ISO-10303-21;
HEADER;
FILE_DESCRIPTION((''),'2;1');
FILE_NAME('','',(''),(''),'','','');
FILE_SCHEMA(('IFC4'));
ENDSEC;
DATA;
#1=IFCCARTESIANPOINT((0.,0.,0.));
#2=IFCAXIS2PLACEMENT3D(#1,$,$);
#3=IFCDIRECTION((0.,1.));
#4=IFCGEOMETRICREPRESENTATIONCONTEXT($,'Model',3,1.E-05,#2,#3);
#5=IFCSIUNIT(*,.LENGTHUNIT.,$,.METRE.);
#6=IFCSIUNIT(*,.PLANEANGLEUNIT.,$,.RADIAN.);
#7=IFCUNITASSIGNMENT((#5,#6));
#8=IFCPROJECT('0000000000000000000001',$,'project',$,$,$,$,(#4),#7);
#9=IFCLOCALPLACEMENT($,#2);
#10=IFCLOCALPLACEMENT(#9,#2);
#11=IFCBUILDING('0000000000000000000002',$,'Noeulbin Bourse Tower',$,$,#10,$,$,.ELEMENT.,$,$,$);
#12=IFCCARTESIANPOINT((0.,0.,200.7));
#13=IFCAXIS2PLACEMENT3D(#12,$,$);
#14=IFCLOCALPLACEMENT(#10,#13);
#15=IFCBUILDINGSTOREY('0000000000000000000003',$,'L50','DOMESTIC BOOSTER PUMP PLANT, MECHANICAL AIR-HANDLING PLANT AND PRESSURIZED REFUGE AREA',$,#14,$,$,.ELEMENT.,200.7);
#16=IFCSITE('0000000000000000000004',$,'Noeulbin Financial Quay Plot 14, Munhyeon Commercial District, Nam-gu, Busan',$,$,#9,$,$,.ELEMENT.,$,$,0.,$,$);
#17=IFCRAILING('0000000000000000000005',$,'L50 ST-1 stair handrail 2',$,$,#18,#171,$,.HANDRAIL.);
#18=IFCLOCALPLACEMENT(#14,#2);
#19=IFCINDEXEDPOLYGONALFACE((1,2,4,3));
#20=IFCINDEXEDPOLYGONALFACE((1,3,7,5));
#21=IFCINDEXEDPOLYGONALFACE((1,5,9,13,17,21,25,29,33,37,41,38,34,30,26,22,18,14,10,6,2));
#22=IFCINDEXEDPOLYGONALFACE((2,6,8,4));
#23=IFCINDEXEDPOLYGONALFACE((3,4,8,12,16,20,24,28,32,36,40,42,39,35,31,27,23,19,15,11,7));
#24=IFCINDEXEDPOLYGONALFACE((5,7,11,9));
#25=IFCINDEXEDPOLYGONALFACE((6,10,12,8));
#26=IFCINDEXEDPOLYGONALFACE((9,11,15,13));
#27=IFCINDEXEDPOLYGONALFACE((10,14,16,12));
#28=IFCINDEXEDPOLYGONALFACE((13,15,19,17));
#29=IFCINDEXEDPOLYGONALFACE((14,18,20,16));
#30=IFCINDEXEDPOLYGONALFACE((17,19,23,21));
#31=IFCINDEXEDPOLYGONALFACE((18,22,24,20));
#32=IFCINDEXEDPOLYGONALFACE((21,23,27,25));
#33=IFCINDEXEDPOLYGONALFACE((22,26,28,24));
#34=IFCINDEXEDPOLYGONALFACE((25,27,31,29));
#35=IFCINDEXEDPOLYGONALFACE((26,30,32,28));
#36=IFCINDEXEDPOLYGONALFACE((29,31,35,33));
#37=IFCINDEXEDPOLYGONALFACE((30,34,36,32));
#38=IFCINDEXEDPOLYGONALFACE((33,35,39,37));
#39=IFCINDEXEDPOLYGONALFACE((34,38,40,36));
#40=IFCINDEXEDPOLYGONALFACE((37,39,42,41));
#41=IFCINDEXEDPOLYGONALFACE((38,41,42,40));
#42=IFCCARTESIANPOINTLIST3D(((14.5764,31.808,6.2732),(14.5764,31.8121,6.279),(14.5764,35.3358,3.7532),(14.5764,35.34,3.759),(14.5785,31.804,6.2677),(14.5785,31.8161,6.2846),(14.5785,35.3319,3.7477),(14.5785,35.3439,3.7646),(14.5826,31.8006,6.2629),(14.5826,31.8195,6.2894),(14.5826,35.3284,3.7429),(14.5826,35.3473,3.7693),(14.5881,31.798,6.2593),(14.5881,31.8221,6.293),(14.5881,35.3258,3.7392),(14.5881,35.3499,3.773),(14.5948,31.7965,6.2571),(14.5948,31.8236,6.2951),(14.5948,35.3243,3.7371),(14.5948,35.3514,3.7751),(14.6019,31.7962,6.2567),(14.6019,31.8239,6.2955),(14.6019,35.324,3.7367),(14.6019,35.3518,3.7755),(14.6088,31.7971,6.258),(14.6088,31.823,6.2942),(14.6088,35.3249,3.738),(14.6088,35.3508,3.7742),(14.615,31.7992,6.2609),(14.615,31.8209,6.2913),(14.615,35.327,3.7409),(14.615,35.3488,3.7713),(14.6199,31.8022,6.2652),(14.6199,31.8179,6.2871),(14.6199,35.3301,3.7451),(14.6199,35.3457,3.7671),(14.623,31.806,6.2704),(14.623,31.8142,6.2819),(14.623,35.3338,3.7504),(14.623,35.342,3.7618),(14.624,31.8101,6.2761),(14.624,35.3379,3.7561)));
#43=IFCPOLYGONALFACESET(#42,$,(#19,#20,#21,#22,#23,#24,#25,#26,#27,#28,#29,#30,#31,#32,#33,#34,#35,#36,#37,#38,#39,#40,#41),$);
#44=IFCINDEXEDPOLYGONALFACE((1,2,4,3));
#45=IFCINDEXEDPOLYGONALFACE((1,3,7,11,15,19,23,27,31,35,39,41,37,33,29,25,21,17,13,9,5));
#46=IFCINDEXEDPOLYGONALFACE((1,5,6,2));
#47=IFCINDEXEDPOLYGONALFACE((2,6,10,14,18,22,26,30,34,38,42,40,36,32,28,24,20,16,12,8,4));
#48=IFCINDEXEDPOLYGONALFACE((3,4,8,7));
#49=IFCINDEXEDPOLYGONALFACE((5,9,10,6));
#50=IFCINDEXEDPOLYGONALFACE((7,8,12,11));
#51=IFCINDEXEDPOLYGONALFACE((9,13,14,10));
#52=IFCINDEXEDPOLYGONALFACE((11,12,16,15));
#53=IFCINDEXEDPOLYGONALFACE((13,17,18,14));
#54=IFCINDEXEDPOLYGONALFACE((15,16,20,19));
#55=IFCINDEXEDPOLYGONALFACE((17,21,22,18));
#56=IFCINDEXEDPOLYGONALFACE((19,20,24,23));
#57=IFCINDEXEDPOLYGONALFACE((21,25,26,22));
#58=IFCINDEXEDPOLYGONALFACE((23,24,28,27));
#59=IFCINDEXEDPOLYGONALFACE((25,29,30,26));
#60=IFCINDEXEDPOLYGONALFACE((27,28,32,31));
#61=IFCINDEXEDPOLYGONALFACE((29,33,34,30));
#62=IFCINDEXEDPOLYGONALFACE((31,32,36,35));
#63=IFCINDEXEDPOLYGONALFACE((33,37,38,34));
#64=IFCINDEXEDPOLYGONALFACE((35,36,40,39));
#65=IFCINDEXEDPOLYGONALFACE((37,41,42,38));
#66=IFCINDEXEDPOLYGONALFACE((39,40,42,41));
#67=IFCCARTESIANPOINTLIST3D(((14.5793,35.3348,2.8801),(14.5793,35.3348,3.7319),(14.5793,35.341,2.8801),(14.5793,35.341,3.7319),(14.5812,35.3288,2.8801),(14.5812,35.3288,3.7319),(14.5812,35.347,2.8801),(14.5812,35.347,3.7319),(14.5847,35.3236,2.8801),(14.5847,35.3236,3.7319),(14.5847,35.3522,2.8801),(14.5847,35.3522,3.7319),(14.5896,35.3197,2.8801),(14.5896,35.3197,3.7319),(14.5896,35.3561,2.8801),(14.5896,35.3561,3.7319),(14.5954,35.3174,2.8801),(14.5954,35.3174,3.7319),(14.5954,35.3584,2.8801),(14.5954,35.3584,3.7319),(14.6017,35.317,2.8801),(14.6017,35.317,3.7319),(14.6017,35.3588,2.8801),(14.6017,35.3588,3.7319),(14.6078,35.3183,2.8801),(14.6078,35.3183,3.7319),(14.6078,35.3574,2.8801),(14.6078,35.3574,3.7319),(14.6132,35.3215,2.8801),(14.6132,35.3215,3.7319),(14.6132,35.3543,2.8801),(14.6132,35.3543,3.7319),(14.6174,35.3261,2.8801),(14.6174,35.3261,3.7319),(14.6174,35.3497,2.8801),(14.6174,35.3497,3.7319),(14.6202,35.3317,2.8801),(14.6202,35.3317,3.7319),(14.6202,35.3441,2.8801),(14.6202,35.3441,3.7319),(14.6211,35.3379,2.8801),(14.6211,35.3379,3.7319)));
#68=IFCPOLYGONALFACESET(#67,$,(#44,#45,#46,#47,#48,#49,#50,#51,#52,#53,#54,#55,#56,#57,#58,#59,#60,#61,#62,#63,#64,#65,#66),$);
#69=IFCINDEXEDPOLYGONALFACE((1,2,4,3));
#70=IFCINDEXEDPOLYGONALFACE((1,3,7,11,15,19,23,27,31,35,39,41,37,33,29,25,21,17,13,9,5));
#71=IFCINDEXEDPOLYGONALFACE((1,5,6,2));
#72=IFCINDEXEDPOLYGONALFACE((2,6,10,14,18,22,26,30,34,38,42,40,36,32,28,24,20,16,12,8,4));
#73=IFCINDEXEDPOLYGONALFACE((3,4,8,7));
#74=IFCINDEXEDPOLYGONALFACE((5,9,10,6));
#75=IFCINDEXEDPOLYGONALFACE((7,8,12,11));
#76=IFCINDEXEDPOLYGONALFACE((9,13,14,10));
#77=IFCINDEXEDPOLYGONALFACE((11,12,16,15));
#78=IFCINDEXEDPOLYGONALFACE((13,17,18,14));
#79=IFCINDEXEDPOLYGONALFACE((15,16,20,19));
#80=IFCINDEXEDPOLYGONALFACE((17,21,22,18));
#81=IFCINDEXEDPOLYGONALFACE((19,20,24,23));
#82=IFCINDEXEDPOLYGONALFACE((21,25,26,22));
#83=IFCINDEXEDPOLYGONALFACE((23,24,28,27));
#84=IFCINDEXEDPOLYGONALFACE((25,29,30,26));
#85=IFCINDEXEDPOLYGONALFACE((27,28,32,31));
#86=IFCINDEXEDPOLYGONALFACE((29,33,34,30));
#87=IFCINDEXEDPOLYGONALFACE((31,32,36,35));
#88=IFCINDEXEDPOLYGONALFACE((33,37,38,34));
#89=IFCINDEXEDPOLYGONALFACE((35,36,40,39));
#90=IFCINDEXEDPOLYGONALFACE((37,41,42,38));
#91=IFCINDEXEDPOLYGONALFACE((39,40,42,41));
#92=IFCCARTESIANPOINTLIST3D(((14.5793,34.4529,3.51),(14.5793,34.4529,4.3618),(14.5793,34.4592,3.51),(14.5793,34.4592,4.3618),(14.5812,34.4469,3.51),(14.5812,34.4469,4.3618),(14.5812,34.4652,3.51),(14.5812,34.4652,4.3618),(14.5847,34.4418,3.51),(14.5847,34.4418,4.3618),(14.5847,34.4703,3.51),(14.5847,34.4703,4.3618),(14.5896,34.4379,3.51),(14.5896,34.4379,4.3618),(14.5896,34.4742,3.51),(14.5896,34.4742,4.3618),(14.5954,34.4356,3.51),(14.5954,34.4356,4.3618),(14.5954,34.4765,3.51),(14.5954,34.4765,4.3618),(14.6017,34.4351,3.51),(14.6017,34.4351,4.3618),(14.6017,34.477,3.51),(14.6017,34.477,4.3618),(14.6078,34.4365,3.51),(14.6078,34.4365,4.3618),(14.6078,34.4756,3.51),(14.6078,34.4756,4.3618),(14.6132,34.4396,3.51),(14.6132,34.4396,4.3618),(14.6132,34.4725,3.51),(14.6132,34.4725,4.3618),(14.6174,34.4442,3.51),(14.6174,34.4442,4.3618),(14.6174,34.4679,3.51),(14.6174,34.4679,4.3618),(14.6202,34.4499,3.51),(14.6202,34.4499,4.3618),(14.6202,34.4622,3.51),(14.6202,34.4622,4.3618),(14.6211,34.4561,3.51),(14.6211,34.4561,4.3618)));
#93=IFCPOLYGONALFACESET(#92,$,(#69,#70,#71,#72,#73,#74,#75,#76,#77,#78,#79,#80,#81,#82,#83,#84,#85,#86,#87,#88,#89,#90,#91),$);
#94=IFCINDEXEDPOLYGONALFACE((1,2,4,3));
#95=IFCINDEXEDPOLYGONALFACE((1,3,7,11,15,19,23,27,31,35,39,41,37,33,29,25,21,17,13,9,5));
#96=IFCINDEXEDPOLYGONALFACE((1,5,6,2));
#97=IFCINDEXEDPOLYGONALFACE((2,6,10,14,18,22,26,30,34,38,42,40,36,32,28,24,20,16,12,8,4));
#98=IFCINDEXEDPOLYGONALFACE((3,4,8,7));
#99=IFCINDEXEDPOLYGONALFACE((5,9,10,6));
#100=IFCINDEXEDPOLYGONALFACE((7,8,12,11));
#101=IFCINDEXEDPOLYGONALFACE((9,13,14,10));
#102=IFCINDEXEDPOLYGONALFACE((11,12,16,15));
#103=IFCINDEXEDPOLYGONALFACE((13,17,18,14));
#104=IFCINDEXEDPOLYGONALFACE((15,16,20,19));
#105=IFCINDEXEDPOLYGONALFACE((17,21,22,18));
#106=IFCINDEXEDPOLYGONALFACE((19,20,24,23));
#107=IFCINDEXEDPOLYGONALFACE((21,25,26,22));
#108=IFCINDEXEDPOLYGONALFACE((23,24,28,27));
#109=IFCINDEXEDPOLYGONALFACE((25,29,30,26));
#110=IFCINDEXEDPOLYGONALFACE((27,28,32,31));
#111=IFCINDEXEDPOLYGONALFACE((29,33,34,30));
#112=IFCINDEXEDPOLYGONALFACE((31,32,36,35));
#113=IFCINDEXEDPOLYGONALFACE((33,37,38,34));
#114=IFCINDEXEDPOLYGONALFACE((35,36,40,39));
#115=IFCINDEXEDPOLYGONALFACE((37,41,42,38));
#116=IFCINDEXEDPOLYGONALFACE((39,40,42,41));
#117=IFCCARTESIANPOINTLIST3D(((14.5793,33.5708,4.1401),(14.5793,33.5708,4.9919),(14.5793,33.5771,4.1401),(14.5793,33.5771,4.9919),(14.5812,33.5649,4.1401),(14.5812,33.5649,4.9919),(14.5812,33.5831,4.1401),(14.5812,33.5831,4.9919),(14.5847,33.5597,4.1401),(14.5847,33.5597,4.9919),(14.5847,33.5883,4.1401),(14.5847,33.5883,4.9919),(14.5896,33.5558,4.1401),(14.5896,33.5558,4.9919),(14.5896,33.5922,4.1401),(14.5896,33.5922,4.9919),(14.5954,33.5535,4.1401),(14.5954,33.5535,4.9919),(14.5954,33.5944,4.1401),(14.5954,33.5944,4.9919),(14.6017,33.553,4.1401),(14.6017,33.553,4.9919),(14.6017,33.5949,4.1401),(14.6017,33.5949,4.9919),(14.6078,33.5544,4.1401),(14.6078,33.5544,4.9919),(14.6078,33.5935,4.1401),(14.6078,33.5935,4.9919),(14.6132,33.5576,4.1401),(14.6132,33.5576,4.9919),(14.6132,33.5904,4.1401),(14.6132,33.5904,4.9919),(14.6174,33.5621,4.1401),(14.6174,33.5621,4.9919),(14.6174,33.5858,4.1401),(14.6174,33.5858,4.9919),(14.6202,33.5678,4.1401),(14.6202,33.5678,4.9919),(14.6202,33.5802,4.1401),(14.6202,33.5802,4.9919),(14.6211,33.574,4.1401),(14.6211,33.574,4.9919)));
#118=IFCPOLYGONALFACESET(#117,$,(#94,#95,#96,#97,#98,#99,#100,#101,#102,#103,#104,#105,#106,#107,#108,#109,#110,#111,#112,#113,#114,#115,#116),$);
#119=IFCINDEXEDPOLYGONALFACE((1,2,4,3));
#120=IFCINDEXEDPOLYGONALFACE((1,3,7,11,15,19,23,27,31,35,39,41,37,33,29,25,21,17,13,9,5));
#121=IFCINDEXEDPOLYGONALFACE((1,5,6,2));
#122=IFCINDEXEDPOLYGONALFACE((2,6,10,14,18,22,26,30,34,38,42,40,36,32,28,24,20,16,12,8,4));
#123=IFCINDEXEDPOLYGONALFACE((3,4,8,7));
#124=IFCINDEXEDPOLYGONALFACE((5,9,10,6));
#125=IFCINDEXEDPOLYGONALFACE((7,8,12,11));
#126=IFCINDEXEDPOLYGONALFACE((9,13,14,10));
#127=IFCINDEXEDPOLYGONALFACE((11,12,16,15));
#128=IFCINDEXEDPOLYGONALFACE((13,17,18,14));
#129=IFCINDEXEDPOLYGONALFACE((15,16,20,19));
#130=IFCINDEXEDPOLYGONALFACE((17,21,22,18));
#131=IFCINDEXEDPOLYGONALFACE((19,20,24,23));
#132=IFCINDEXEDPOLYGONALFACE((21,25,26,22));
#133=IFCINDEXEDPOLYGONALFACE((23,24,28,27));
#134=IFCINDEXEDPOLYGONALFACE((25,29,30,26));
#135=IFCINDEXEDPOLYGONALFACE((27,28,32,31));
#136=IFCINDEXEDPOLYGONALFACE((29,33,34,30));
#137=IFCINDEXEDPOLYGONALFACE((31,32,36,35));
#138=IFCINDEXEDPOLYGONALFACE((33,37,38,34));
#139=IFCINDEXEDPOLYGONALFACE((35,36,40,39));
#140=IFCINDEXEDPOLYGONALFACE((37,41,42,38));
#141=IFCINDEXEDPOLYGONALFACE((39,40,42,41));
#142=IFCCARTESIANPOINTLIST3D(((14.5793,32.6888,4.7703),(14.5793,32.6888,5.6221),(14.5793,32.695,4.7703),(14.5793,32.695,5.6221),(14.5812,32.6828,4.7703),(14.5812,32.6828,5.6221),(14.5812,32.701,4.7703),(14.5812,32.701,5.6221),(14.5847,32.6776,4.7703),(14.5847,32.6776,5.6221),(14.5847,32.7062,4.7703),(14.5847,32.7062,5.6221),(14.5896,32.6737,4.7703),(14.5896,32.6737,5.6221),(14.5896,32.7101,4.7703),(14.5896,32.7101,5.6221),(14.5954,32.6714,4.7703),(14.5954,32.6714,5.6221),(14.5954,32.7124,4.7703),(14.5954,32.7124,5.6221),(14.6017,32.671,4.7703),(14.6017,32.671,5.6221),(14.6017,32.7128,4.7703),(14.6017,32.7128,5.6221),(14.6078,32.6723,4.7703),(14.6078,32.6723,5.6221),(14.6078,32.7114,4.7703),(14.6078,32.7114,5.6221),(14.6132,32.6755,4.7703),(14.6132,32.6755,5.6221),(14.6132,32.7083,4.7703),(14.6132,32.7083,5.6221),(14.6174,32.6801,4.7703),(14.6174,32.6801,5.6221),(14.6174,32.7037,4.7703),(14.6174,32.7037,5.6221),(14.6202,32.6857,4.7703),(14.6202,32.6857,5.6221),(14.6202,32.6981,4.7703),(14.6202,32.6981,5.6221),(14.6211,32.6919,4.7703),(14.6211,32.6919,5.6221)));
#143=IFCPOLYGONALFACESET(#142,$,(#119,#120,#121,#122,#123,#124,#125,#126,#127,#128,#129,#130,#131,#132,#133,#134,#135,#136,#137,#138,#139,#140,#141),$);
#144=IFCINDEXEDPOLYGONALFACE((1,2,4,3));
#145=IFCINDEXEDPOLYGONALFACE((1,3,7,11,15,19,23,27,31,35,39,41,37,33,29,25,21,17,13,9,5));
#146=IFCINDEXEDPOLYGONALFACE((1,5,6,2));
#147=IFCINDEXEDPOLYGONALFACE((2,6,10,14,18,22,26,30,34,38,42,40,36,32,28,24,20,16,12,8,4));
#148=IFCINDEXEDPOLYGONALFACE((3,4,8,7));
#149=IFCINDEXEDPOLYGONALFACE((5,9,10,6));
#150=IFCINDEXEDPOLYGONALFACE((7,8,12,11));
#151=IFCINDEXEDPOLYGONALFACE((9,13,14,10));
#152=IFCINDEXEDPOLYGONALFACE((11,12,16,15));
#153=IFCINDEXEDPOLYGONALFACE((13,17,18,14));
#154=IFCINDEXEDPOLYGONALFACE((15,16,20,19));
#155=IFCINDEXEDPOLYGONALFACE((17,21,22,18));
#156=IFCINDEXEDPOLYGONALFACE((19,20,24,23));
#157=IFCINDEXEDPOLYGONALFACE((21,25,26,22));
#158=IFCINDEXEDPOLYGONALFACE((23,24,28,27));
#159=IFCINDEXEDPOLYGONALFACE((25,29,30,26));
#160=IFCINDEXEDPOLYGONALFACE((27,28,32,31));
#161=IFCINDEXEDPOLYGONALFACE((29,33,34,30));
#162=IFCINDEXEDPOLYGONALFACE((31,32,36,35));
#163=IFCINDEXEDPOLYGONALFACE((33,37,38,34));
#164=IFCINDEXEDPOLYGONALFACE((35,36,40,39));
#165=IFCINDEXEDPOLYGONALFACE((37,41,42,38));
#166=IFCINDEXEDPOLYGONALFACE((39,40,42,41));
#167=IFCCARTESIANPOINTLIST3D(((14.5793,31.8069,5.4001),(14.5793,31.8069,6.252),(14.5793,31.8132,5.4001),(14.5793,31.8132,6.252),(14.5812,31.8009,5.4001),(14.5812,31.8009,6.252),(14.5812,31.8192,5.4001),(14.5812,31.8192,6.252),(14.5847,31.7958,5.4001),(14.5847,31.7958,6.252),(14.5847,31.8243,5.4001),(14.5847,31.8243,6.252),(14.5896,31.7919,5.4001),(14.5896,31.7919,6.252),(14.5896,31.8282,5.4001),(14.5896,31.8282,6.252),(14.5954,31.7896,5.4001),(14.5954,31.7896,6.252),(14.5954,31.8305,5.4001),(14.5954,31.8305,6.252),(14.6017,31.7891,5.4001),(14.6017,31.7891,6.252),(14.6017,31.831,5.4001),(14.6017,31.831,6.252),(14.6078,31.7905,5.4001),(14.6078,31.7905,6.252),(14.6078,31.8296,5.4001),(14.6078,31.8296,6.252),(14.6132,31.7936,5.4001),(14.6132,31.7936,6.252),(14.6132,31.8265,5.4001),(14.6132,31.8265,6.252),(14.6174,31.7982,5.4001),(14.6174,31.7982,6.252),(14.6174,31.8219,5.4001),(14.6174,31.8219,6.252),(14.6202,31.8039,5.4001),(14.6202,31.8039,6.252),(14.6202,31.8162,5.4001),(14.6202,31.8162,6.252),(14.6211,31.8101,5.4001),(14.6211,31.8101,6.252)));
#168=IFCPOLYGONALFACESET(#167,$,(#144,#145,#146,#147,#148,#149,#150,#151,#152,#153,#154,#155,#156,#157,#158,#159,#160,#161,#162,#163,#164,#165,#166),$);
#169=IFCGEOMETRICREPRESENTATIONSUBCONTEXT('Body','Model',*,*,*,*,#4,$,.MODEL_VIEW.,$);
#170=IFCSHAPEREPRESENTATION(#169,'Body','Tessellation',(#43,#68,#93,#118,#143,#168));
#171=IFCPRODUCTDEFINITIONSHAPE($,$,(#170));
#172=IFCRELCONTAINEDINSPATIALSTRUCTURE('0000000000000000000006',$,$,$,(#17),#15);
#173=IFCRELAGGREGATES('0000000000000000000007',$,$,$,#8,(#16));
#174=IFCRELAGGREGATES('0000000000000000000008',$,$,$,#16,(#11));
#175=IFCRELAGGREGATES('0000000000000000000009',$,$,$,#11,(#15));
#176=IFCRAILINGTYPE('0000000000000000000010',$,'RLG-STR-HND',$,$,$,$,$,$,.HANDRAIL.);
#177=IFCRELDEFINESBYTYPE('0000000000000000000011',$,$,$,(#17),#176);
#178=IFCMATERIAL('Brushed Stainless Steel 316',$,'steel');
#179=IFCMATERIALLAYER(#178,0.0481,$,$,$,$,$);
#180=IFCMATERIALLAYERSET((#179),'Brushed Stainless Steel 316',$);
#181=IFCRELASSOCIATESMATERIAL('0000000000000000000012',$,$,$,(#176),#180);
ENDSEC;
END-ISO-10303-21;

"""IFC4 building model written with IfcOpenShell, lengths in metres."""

from ifc_helpers import new_model, si_unit, direction, frame, origin, origin_2d, place, context, subcontext, project, spatial, circle, extrude, material, layer, layer_set, type_object, element, save


model = new_model("IFC4")

# Units and contexts
model_context = context("Model", 3, precision=1e-05, world=origin(), true_north=direction((0.0, 1.0)))
body_context = subcontext(model_context, "Body", "Model", "MODEL_VIEW")
ifc_project = project(units=[si_unit("LENGTHUNIT", "METRE"), si_unit("PLANEANGLEUNIT", "RADIAN")], contexts=[model_context])

# Site, building, storey
site_placement = place(None, origin())
site = spatial("IfcSite", under=ifc_project, at=site_placement, Name="Noeulbin Financial Quay Plot 14, Munhyeon Commercial District, Nam-gu, Busan", CompositionType="ELEMENT", RefElevation=0.0)
building_placement = place(site_placement, origin())
building = spatial("IfcBuilding", under=site, at=building_placement, Name="Noeulbin Bourse Tower", CompositionType="ELEMENT")
storey_placement = place(building_placement, frame((0.0, 0.0, 200.7)))
storey = spatial("IfcBuildingStorey", under=building, at=storey_placement, Name="L50", Description="DOMESTIC BOOSTER PUMP PLANT, MECHANICAL AIR-HANDLING PLANT AND PRESSURIZED REFUGE AREA", CompositionType="ELEMENT", Elevation=200.7)

# Shared definitions
ifc_material_1 = material(Name="Brushed Stainless Steel 316", Category="steel")

# Railing
ifc_layer_1 = layer(ifc_material_1, 0.0481)
ifc_layer_set_1 = layer_set([ifc_layer_1], Name="Brushed Stainless Steel 316")
railing_type_1 = type_object("IfcRailingType", Name="RLG-STR-HND", PredefinedType="HANDRAIL", material=ifc_layer_set_1)
railing_1_placement = place(storey_placement, frame((14.6001, 35.3379, 2.8801)))
element("IfcRailing", 1, at=railing_1_placement, inside=storey, type_object=railing_type_1, Name="L50 ST-1 stair handrail 2", PredefinedType="HANDRAIL", context=body_context, shape_type="SweptSolid", body=[
    extrude(circle(Radius=0.0239, at=origin_2d()), frame((0.0, 0.0, 0.876), z_axis=(0.0, -0.813718, 0.58126), x_axis=(1.0, 0.0, 0.0)), (0.0, 0.0, 1.0), 4.3354),
    extrude(circle(Radius=0.021, at=origin_2d()), origin(), (0.0, 0.0, 1.0), 0.8518),
    extrude(circle(Radius=0.021, at=origin_2d()), frame((0.0, -0.8818, 0.6299)), (0.0, 0.0, 1.0), 0.8518),
    extrude(circle(Radius=0.021, at=origin_2d()), frame((0.0, -1.7639, 1.26)), (0.0, 0.0, 1.0), 0.8518),
    extrude(circle(Radius=0.021, at=origin_2d()), frame((0.0, -2.646, 1.8901)), (0.0, 0.0, 1.0), 0.8518),
    extrude(circle(Radius=0.021, at=origin_2d()), frame((0.0, -3.5278, 2.52)), (0.0, 0.0, 1.0), 0.8518),
])

save(model, "model.ifc")
